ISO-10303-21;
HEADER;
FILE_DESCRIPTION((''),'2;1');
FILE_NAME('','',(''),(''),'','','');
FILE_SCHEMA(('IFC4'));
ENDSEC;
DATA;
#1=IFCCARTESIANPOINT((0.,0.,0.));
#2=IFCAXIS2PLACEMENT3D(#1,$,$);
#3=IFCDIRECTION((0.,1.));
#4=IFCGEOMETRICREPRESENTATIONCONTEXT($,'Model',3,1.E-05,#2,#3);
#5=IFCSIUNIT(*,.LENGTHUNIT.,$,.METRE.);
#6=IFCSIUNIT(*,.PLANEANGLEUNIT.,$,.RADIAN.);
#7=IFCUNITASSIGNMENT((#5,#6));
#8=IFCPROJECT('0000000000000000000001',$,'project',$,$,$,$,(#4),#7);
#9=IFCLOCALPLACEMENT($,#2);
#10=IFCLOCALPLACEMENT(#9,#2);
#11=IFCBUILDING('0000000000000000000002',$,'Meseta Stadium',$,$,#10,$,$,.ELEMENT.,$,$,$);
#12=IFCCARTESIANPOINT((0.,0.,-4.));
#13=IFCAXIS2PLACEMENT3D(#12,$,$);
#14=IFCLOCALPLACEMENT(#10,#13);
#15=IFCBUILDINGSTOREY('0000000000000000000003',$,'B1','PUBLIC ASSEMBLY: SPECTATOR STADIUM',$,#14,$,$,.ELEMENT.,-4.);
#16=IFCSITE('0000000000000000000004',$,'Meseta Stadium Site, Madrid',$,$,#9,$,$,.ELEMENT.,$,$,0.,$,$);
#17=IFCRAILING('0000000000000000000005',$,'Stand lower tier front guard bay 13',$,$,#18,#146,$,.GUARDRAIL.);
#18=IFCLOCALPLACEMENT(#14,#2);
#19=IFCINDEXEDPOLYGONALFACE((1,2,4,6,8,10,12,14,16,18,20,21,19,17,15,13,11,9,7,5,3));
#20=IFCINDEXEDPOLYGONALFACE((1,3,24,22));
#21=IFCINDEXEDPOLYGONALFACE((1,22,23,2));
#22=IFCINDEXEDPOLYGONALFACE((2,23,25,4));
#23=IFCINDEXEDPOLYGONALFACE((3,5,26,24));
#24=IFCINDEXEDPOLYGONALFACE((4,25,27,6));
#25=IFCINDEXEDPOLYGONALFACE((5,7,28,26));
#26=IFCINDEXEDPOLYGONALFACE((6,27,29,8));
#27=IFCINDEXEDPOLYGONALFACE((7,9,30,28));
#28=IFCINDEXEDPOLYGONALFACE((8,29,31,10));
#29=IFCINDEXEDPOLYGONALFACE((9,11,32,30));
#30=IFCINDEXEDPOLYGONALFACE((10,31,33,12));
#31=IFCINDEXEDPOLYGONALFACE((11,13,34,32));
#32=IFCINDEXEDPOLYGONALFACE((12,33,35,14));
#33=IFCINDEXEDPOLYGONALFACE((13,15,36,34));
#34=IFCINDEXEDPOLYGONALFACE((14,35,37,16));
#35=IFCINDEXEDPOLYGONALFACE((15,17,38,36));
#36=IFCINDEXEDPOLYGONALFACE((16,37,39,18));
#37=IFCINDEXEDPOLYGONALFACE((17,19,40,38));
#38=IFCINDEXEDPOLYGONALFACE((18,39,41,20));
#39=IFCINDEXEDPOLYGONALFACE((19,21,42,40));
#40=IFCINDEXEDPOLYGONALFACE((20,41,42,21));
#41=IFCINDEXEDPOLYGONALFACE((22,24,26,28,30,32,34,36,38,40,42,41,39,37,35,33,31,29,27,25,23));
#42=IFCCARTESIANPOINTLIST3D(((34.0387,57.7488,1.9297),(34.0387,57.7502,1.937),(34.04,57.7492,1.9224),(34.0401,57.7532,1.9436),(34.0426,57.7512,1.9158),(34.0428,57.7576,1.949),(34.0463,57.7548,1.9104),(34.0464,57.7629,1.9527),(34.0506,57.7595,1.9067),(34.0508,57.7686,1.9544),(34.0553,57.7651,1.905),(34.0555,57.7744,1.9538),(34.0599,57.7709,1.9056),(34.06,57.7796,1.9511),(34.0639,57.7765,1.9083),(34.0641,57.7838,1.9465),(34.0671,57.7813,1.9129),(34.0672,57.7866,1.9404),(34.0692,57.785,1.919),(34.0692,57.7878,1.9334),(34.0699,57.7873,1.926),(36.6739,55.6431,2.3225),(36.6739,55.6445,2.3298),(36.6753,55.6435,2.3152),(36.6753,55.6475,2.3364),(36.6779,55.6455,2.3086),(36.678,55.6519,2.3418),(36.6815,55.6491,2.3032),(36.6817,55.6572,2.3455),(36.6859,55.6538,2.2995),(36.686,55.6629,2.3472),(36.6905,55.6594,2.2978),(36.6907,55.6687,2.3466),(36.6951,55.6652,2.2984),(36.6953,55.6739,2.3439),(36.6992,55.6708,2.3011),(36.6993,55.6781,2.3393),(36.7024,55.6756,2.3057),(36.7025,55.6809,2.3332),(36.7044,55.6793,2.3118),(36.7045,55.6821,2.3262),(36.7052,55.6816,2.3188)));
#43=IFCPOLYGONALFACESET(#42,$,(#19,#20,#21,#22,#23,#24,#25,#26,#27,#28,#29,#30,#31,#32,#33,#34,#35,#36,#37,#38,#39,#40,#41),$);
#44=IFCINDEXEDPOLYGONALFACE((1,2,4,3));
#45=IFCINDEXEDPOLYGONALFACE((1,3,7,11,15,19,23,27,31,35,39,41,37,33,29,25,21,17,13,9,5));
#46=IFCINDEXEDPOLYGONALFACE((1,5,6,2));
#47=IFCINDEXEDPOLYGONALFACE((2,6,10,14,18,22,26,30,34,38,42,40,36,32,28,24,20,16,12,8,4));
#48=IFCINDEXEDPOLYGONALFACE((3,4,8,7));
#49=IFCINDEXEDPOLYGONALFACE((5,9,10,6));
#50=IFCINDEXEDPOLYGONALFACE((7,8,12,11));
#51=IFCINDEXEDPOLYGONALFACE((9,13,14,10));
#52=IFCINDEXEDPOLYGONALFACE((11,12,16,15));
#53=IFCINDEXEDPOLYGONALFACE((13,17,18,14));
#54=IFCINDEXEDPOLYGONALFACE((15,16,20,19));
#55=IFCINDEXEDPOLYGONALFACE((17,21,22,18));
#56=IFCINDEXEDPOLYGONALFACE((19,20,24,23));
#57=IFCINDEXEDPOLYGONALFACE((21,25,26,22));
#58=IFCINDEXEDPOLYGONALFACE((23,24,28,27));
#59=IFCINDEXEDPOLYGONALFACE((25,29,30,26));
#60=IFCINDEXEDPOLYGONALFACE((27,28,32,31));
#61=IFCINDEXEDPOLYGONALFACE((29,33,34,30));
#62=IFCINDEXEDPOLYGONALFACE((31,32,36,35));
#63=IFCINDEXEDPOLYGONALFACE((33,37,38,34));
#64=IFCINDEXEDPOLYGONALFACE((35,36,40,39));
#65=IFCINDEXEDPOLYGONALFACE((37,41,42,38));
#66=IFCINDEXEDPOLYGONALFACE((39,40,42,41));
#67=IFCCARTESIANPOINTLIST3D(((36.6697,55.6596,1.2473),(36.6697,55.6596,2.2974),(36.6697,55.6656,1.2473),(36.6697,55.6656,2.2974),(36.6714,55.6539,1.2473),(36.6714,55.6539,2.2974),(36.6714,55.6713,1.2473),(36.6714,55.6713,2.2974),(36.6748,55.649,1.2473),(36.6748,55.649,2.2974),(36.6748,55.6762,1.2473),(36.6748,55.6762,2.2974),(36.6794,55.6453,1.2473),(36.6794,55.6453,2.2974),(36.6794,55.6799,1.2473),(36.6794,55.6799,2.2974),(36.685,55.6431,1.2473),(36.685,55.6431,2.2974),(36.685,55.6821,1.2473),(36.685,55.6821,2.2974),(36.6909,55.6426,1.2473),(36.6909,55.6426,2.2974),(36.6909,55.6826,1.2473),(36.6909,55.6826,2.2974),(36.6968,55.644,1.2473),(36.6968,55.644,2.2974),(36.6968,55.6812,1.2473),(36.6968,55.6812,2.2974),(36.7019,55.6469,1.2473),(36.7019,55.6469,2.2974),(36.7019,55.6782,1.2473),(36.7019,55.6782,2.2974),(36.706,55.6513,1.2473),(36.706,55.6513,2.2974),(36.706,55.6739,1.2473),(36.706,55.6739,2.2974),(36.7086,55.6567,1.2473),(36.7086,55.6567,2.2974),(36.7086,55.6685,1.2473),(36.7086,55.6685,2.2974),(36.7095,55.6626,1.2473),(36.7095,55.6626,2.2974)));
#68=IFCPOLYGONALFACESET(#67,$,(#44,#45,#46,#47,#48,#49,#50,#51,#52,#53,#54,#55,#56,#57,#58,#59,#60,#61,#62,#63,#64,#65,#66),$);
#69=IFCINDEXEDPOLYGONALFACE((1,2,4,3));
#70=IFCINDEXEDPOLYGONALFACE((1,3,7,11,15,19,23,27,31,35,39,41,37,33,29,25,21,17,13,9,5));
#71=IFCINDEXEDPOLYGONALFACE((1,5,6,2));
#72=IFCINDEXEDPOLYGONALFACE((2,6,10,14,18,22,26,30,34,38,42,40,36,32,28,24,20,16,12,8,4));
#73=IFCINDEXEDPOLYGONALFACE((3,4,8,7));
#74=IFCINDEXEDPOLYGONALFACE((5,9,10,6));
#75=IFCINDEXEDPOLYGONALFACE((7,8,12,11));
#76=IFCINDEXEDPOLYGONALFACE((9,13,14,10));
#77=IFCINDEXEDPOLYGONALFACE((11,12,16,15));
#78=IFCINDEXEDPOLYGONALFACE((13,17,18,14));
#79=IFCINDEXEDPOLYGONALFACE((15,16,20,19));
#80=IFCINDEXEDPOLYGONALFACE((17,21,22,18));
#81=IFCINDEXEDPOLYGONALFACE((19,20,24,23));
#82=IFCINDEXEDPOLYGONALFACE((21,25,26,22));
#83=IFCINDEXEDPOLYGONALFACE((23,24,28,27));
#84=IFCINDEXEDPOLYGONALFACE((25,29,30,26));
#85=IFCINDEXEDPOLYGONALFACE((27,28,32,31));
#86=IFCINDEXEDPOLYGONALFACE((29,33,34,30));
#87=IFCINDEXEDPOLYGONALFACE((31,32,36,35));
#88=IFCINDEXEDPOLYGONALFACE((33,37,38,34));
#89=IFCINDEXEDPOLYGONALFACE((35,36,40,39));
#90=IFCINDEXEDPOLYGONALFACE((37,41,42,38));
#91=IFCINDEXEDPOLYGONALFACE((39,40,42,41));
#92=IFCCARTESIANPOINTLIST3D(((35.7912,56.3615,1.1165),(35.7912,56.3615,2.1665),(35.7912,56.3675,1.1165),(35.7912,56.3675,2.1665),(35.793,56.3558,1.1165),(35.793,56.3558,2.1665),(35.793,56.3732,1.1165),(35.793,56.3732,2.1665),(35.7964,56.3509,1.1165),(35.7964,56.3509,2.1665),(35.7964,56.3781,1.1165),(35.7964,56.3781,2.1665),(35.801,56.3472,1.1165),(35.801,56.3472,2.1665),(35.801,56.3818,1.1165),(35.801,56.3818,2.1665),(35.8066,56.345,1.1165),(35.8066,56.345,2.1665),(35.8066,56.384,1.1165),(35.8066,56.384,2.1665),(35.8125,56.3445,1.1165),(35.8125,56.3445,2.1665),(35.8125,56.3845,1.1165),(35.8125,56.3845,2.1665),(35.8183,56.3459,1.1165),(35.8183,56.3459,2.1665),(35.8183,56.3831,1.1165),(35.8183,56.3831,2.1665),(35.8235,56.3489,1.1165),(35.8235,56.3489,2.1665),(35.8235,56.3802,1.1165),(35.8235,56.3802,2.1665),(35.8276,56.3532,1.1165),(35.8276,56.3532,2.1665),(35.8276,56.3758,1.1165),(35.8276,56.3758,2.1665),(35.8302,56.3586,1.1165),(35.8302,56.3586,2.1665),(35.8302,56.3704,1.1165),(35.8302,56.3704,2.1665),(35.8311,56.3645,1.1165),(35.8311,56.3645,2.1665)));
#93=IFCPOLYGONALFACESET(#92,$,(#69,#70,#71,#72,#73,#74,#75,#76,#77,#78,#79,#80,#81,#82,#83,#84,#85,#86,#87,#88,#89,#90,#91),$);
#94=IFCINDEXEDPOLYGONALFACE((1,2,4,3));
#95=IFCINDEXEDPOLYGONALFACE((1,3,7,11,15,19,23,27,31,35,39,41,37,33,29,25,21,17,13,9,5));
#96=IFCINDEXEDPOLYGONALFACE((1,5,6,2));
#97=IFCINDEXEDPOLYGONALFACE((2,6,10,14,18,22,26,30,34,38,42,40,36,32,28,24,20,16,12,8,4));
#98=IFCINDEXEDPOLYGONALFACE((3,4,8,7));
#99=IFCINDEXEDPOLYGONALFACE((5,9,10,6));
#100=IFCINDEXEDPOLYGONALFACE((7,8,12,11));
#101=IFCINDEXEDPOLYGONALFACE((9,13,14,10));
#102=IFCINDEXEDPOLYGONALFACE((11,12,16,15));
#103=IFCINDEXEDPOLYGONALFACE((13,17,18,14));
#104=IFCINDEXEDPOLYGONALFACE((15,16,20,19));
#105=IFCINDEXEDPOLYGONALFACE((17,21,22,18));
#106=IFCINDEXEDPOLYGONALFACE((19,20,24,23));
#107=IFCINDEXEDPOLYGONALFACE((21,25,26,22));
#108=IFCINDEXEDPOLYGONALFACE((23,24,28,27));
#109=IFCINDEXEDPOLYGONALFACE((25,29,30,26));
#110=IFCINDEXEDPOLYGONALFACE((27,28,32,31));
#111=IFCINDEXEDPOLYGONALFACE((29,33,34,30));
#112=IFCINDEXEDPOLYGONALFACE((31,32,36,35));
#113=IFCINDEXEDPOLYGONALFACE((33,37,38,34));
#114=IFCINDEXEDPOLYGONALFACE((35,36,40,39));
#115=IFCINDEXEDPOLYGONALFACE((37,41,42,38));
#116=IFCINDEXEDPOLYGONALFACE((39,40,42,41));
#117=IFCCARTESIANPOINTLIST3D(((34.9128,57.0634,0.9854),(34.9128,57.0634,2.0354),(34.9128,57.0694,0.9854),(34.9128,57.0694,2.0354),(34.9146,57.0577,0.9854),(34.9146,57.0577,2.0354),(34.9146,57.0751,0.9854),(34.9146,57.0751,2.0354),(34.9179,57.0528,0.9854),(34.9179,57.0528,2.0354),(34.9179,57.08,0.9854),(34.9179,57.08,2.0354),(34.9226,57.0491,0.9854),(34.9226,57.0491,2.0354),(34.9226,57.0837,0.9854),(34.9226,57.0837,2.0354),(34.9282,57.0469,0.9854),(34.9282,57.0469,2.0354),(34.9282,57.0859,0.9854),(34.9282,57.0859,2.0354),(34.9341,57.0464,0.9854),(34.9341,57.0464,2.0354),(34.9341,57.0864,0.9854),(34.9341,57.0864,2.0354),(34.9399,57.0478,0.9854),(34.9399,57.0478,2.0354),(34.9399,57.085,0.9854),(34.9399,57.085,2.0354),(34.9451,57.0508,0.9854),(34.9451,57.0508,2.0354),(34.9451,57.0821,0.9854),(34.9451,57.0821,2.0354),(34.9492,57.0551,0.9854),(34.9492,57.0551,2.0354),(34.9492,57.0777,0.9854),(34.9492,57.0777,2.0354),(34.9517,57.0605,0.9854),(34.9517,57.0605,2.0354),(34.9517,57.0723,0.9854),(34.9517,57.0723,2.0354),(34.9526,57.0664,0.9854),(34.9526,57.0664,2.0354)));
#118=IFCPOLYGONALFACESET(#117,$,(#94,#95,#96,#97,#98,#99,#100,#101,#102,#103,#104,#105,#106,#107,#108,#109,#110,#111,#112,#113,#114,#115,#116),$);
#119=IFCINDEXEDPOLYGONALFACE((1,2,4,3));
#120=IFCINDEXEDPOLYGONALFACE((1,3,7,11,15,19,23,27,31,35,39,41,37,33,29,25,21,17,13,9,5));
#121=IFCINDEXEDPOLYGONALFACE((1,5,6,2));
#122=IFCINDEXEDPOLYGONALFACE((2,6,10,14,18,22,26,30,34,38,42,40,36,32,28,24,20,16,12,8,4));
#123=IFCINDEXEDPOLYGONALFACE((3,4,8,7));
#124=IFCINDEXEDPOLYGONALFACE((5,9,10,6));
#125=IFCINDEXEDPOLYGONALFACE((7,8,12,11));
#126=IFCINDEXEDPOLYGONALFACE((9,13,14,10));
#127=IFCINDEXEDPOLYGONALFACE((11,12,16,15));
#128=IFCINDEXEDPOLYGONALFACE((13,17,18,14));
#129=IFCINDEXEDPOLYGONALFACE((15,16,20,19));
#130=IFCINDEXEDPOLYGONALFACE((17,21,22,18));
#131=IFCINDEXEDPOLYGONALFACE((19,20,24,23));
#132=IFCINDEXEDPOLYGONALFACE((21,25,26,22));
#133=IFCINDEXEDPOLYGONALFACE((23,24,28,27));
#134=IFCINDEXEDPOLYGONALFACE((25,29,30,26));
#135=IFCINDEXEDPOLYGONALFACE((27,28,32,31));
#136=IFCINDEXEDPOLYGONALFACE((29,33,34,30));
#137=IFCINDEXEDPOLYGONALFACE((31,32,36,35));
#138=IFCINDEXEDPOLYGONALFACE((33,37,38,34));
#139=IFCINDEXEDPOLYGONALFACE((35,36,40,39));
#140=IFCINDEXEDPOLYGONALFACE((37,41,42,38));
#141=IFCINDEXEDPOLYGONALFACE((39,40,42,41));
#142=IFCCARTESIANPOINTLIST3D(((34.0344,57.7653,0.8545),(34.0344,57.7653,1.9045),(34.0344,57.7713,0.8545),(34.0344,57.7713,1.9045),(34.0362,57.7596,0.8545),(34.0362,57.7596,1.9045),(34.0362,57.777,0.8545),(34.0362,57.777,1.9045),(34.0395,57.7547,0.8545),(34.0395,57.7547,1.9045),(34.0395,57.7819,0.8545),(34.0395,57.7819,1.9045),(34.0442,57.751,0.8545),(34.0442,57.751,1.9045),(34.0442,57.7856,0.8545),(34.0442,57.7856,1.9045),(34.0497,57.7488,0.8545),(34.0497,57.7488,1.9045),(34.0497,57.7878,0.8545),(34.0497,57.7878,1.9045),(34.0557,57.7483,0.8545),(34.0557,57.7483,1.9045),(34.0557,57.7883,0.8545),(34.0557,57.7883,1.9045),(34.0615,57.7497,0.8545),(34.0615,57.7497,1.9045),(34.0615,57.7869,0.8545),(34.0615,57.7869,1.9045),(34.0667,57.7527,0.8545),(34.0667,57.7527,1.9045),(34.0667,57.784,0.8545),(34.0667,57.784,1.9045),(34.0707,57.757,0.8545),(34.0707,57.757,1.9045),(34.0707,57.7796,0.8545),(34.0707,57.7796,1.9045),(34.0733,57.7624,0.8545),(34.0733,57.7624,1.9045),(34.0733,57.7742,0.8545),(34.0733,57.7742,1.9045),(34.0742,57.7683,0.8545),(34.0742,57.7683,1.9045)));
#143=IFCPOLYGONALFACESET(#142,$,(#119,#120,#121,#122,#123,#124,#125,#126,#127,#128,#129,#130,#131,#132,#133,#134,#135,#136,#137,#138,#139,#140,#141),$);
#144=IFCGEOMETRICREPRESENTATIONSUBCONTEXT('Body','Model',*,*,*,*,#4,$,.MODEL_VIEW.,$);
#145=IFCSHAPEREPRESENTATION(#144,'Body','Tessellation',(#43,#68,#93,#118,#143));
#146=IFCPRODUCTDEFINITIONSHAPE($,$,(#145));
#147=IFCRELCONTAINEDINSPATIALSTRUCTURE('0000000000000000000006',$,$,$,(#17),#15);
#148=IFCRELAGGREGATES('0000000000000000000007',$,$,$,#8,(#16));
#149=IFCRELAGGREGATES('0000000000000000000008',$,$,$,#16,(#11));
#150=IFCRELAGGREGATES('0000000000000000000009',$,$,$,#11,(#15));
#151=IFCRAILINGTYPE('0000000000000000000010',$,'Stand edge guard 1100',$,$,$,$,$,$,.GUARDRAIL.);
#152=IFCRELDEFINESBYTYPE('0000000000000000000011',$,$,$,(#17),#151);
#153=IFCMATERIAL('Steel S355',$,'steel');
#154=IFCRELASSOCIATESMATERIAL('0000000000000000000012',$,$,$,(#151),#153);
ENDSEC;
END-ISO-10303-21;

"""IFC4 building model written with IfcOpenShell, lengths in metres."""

from ifc_helpers import new_model, si_unit, direction, frame, origin, origin_2d, place, context, subcontext, project, spatial, circle, extrude, material, type_object, element, save


model = new_model("IFC4")

# Units and contexts
model_context = context("Model", 3, precision=1e-05, world=origin(), true_north=direction((0.0, 1.0)))
body_context = subcontext(model_context, "Body", "Model", "MODEL_VIEW")
ifc_project = project(units=[si_unit("LENGTHUNIT", "METRE"), si_unit("PLANEANGLEUNIT", "RADIAN")], contexts=[model_context])

# Site, building, storey
site_placement = place(None, origin())
site = spatial("IfcSite", under=ifc_project, at=site_placement, Name="Meseta Stadium Site, Madrid", CompositionType="ELEMENT", RefElevation=0.0)
building_placement = place(site_placement, origin())
building = spatial("IfcBuilding", under=site, at=building_placement, Name="Meseta Stadium", CompositionType="ELEMENT")
storey_placement = place(building_placement, frame((0.0, 0.0, -4.0)))
storey = spatial("IfcBuildingStorey", under=building, at=storey_placement, Name="B1", Description="PUBLIC ASSEMBLY: SPECTATOR STADIUM", CompositionType="ELEMENT", Elevation=-4.0)

# Railing
ifc_material_1 = material(Name="Steel S355", Category="steel")
railing_type = type_object("IfcRailingType", Name="Stand edge guard 1100", PredefinedType="GUARDRAIL", material=ifc_material_1)
railing_1_placement = place(storey_placement, frame((36.6895, 55.6626, 1.2473)))
element("IfcRailing", 1, at=railing_1_placement, inside=storey, type_object=railing_type, Name="Stand lower tier front guard bay 13", PredefinedType="GUARDRAIL", context=body_context, shape_type="SweptSolid", body=[
    extrude(circle(Radius=0.0249, at=origin_2d()), frame((0.0, 0.0, 1.0752), z_axis=(-0.775985, 0.620055, -0.115672), x_axis=(-0.624245, -0.781229, 0.0)), (0.0, 0.0, 1.0), 3.396),
    extrude(circle(Radius=0.02, at=origin_2d()), origin(), (0.0, 0.0, 1.0), 1.05),
    extrude(circle(Radius=0.02, at=origin_2d()), frame((-0.8784, 0.7019, -0.1309)), (0.0, 0.0, 1.0), 1.05),
    extrude(circle(Radius=0.02, at=origin_2d()), frame((-1.7568, 1.4038, -0.262)), (0.0, 0.0, 1.0), 1.05),
    extrude(circle(Radius=0.02, at=origin_2d()), frame((-2.6353, 2.1057, -0.3928)), (0.0, 0.0, 1.0), 1.05),
])

save(model, "model.ifc")
